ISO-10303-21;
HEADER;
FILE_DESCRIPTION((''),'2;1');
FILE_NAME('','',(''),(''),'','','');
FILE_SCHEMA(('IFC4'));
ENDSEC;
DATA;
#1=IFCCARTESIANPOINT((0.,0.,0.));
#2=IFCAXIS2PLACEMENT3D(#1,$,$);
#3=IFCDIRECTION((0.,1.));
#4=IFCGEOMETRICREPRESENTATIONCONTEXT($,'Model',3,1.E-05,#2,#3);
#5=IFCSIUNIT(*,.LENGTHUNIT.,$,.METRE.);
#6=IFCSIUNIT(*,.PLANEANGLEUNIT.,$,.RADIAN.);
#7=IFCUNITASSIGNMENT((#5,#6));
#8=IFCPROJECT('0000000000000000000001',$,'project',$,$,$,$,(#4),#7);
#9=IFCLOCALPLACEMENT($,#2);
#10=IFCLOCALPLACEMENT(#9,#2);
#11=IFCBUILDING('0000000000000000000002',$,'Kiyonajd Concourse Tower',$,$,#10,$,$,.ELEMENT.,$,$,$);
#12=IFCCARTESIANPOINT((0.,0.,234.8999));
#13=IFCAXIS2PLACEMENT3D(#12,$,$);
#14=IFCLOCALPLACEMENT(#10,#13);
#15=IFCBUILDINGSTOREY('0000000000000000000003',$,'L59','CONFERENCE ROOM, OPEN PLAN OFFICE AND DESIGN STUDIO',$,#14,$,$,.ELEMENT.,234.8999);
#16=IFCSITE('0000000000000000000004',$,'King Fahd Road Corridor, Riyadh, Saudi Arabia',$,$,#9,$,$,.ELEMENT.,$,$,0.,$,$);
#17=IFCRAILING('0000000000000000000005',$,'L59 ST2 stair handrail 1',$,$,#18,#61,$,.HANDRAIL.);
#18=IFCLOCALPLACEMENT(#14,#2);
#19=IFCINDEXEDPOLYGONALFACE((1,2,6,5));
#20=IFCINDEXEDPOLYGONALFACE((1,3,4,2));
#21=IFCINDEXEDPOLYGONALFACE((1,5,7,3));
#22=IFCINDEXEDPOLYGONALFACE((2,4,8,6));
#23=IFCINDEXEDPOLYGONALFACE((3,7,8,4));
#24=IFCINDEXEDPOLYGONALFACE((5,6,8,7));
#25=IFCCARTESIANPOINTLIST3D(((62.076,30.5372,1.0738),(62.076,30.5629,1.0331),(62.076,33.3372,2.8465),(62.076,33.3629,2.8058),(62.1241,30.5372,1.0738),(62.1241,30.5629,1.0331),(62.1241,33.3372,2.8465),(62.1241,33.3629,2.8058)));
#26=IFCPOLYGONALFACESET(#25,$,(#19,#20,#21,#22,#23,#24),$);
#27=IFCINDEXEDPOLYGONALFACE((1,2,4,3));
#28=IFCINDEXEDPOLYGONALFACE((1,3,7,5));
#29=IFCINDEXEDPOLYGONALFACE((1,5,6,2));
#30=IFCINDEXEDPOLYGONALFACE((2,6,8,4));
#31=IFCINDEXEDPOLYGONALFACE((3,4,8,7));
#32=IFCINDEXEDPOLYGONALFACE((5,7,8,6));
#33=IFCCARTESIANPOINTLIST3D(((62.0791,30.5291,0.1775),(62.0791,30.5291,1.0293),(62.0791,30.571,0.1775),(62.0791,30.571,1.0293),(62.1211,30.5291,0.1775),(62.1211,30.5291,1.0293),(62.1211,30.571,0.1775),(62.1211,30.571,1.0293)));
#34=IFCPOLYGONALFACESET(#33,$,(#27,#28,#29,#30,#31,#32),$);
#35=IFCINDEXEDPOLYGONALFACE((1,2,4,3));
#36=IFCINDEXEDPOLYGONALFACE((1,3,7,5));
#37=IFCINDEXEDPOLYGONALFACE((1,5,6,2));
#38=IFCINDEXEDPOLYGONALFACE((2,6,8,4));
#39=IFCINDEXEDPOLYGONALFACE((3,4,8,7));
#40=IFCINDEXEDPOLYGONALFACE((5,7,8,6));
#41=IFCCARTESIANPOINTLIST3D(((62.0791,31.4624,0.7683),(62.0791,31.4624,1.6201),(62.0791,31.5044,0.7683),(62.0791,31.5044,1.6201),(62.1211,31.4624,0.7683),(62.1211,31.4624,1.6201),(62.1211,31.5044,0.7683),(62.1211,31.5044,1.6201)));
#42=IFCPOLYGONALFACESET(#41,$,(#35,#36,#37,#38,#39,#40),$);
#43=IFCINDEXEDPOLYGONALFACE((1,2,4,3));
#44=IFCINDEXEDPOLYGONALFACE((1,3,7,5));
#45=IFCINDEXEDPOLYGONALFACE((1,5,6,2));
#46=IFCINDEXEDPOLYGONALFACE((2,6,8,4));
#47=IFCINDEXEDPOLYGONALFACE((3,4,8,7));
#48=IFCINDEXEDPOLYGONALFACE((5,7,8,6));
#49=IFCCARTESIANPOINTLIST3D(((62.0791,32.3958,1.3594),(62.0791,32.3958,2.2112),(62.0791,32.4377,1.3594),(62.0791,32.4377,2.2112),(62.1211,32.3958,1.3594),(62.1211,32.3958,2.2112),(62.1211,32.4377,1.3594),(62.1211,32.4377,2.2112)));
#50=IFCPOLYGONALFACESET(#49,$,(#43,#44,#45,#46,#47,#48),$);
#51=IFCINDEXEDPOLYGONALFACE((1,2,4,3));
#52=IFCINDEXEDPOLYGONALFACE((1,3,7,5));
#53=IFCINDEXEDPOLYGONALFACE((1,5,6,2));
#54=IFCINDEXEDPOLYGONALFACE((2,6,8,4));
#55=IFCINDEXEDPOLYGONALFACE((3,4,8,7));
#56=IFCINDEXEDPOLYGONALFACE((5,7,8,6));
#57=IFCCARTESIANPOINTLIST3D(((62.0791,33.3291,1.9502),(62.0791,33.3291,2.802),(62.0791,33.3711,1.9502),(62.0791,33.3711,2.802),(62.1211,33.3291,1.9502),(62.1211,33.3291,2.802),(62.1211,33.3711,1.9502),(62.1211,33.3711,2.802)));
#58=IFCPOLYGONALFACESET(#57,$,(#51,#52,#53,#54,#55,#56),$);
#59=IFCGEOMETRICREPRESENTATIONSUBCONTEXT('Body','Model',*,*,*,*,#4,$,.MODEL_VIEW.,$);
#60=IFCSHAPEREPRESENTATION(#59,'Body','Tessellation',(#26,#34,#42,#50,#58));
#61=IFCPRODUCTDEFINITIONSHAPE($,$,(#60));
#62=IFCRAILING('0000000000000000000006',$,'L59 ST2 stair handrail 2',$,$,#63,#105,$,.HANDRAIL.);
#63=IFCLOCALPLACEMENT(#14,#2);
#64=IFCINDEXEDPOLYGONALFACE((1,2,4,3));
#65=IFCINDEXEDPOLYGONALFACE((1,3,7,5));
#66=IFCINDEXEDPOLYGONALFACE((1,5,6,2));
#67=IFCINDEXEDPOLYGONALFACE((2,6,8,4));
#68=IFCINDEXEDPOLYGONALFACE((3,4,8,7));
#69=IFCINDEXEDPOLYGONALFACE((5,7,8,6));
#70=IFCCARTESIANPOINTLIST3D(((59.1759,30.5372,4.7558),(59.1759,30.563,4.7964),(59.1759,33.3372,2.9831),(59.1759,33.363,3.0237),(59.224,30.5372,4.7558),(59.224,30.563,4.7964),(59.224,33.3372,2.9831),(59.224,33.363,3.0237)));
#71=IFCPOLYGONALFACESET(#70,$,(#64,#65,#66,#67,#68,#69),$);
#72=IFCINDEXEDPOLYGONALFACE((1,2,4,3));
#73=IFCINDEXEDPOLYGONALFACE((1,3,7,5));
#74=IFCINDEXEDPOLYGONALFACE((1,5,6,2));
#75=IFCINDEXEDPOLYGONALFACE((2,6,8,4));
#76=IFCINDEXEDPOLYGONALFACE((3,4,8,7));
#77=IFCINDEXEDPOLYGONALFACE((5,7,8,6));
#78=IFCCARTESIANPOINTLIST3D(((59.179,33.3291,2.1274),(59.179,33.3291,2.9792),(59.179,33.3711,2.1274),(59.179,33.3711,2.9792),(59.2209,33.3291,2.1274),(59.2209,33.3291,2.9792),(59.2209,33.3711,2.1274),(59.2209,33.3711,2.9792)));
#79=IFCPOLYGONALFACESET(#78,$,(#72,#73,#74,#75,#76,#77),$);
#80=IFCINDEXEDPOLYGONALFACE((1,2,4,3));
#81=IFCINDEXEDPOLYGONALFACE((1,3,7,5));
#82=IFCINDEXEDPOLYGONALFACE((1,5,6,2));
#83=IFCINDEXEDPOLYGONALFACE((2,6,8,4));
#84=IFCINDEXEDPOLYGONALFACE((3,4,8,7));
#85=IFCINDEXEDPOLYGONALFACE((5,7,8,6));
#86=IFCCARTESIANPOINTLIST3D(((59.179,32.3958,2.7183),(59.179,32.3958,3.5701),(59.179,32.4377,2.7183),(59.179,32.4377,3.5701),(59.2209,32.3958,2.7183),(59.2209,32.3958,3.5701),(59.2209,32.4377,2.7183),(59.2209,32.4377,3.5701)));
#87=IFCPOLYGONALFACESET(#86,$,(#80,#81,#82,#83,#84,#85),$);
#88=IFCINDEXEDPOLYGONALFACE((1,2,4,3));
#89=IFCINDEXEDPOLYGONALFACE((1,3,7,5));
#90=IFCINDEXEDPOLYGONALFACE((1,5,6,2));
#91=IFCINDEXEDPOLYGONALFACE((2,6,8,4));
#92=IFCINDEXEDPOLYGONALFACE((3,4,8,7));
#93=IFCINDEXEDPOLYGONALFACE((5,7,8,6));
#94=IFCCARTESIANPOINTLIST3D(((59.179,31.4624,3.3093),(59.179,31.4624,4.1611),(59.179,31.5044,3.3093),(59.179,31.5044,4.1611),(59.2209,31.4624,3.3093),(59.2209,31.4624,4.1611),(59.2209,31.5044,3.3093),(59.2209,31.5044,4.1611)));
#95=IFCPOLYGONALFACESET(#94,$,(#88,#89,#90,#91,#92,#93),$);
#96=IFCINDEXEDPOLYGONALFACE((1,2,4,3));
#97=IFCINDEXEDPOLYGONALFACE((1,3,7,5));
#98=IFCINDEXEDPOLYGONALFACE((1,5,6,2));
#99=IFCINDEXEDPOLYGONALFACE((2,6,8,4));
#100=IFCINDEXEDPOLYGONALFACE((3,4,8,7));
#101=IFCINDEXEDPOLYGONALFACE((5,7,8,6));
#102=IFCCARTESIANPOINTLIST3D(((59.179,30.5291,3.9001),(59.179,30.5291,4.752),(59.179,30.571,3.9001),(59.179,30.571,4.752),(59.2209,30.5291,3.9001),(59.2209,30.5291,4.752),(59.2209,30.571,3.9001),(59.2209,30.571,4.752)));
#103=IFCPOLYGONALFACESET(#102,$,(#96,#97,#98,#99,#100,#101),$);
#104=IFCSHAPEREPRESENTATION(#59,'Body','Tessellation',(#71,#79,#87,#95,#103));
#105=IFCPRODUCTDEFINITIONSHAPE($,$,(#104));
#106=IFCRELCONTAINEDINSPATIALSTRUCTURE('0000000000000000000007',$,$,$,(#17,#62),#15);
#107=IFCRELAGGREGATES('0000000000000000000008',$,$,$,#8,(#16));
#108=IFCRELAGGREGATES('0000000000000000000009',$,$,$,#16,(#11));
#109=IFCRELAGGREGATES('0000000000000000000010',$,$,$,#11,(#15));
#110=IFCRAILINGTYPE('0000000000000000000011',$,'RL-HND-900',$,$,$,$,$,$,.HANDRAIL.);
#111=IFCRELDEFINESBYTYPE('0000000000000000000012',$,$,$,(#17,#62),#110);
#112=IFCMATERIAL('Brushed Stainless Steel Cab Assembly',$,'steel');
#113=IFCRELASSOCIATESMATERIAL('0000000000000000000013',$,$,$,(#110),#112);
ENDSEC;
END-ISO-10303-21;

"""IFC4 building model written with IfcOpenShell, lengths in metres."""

from ifc_helpers import new_model, si_unit, direction, frame, origin, origin_2d, place, context, subcontext, project, spatial, rectangle, extrude, material, type_object, element, save


model = new_model("IFC4")

# Units and contexts
model_context = context("Model", 3, precision=1e-05, world=origin(), true_north=direction((0.0, 1.0)))
body_context = subcontext(model_context, "Body", "Model", "MODEL_VIEW")
ifc_project = project(units=[si_unit("LENGTHUNIT", "METRE"), si_unit("PLANEANGLEUNIT", "RADIAN")], contexts=[model_context])

# Site, building, storey
site_placement = place(None, origin())
site = spatial("IfcSite", under=ifc_project, at=site_placement, Name="King Fahd Road Corridor, Riyadh, Saudi Arabia", CompositionType="ELEMENT", RefElevation=0.0)
building_placement = place(site_placement, origin())
building = spatial("IfcBuilding", under=site, at=building_placement, Name="Kiyonajd Concourse Tower", CompositionType="ELEMENT")
storey_placement = place(building_placement, frame((0.0, 0.0, 234.8999)))
storey = spatial("IfcBuildingStorey", under=building, at=storey_placement, Name="L59", Description="CONFERENCE ROOM, OPEN PLAN OFFICE AND DESIGN STUDIO", CompositionType="ELEMENT", Elevation=234.8999)

# Shared definitions
ifc_material_1 = material(Name="Brushed Stainless Steel Cab Assembly", Category="steel")

# Railings
railing_type_1 = type_object("IfcRailingType", Name="RL-HND-900", PredefinedType="HANDRAIL", material=ifc_material_1)
railing_1_placement = place(storey_placement, frame((62.1001, 30.55, 0.1775)))
element("IfcRailing", 1, at=railing_1_placement, inside=storey, type_object=railing_type_1, Name="L59 ST2 stair handrail 1", PredefinedType="HANDRAIL", context=body_context, shape_type="SweptSolid", body=[
    extrude(rectangle(XDim=0.0481, YDim=0.0481, at=origin_2d()), frame((0.0, 0.0, 0.876), z_axis=(0.0, 0.844909, 0.53491), x_axis=(-1.0, 0.0, 0.0)), (0.0, 0.0, 1.0), 3.314),
    extrude(rectangle(XDim=0.042, YDim=0.042, at=origin_2d()), origin(), (0.0, 0.0, 1.0), 0.8518),
    extrude(rectangle(XDim=0.042, YDim=0.042, at=origin_2d()), frame((0.0, 0.9333, 0.5908)), (0.0, 0.0, 1.0), 0.8518),
    extrude(rectangle(XDim=0.042, YDim=0.042, at=origin_2d()), frame((0.0, 1.8667, 1.1819)), (0.0, 0.0, 1.0), 0.8518),
    extrude(rectangle(XDim=0.042, YDim=0.042, at=origin_2d()), frame((0.0, 2.8, 1.7727)), (0.0, 0.0, 1.0), 0.8518),
])
railing_2_placement = place(storey_placement, frame((59.2, 33.3501, 2.1274)))
element("IfcRailing", 2, at=railing_2_placement, inside=storey, type_object=railing_type_1, Name="L59 ST2 stair handrail 2", PredefinedType="HANDRAIL", context=body_context, shape_type="SweptSolid", body=[
    extrude(rectangle(XDim=0.0481, YDim=0.0481, at=origin_2d()), frame((0.0, 0.0, 0.876), z_axis=(0.0, -0.844909, 0.53491), x_axis=(1.0, 0.0, 0.0)), (0.0, 0.0, 1.0), 3.314),
    extrude(rectangle(XDim=0.042, YDim=0.042, at=origin_2d()), origin(), (0.0, 0.0, 1.0), 0.8518),
    extrude(rectangle(XDim=0.042, YDim=0.042, at=origin_2d()), frame((0.0, -0.9333, 0.5908)), (0.0, 0.0, 1.0), 0.8518),
    extrude(rectangle(XDim=0.042, YDim=0.042, at=origin_2d()), frame((0.0, -1.8667, 1.1819)), (0.0, 0.0, 1.0), 0.8518),
    extrude(rectangle(XDim=0.042, YDim=0.042, at=origin_2d()), frame((0.0, -2.8, 1.7727)), (0.0, 0.0, 1.0), 0.8518),
])

save(model, "model.ifc")
